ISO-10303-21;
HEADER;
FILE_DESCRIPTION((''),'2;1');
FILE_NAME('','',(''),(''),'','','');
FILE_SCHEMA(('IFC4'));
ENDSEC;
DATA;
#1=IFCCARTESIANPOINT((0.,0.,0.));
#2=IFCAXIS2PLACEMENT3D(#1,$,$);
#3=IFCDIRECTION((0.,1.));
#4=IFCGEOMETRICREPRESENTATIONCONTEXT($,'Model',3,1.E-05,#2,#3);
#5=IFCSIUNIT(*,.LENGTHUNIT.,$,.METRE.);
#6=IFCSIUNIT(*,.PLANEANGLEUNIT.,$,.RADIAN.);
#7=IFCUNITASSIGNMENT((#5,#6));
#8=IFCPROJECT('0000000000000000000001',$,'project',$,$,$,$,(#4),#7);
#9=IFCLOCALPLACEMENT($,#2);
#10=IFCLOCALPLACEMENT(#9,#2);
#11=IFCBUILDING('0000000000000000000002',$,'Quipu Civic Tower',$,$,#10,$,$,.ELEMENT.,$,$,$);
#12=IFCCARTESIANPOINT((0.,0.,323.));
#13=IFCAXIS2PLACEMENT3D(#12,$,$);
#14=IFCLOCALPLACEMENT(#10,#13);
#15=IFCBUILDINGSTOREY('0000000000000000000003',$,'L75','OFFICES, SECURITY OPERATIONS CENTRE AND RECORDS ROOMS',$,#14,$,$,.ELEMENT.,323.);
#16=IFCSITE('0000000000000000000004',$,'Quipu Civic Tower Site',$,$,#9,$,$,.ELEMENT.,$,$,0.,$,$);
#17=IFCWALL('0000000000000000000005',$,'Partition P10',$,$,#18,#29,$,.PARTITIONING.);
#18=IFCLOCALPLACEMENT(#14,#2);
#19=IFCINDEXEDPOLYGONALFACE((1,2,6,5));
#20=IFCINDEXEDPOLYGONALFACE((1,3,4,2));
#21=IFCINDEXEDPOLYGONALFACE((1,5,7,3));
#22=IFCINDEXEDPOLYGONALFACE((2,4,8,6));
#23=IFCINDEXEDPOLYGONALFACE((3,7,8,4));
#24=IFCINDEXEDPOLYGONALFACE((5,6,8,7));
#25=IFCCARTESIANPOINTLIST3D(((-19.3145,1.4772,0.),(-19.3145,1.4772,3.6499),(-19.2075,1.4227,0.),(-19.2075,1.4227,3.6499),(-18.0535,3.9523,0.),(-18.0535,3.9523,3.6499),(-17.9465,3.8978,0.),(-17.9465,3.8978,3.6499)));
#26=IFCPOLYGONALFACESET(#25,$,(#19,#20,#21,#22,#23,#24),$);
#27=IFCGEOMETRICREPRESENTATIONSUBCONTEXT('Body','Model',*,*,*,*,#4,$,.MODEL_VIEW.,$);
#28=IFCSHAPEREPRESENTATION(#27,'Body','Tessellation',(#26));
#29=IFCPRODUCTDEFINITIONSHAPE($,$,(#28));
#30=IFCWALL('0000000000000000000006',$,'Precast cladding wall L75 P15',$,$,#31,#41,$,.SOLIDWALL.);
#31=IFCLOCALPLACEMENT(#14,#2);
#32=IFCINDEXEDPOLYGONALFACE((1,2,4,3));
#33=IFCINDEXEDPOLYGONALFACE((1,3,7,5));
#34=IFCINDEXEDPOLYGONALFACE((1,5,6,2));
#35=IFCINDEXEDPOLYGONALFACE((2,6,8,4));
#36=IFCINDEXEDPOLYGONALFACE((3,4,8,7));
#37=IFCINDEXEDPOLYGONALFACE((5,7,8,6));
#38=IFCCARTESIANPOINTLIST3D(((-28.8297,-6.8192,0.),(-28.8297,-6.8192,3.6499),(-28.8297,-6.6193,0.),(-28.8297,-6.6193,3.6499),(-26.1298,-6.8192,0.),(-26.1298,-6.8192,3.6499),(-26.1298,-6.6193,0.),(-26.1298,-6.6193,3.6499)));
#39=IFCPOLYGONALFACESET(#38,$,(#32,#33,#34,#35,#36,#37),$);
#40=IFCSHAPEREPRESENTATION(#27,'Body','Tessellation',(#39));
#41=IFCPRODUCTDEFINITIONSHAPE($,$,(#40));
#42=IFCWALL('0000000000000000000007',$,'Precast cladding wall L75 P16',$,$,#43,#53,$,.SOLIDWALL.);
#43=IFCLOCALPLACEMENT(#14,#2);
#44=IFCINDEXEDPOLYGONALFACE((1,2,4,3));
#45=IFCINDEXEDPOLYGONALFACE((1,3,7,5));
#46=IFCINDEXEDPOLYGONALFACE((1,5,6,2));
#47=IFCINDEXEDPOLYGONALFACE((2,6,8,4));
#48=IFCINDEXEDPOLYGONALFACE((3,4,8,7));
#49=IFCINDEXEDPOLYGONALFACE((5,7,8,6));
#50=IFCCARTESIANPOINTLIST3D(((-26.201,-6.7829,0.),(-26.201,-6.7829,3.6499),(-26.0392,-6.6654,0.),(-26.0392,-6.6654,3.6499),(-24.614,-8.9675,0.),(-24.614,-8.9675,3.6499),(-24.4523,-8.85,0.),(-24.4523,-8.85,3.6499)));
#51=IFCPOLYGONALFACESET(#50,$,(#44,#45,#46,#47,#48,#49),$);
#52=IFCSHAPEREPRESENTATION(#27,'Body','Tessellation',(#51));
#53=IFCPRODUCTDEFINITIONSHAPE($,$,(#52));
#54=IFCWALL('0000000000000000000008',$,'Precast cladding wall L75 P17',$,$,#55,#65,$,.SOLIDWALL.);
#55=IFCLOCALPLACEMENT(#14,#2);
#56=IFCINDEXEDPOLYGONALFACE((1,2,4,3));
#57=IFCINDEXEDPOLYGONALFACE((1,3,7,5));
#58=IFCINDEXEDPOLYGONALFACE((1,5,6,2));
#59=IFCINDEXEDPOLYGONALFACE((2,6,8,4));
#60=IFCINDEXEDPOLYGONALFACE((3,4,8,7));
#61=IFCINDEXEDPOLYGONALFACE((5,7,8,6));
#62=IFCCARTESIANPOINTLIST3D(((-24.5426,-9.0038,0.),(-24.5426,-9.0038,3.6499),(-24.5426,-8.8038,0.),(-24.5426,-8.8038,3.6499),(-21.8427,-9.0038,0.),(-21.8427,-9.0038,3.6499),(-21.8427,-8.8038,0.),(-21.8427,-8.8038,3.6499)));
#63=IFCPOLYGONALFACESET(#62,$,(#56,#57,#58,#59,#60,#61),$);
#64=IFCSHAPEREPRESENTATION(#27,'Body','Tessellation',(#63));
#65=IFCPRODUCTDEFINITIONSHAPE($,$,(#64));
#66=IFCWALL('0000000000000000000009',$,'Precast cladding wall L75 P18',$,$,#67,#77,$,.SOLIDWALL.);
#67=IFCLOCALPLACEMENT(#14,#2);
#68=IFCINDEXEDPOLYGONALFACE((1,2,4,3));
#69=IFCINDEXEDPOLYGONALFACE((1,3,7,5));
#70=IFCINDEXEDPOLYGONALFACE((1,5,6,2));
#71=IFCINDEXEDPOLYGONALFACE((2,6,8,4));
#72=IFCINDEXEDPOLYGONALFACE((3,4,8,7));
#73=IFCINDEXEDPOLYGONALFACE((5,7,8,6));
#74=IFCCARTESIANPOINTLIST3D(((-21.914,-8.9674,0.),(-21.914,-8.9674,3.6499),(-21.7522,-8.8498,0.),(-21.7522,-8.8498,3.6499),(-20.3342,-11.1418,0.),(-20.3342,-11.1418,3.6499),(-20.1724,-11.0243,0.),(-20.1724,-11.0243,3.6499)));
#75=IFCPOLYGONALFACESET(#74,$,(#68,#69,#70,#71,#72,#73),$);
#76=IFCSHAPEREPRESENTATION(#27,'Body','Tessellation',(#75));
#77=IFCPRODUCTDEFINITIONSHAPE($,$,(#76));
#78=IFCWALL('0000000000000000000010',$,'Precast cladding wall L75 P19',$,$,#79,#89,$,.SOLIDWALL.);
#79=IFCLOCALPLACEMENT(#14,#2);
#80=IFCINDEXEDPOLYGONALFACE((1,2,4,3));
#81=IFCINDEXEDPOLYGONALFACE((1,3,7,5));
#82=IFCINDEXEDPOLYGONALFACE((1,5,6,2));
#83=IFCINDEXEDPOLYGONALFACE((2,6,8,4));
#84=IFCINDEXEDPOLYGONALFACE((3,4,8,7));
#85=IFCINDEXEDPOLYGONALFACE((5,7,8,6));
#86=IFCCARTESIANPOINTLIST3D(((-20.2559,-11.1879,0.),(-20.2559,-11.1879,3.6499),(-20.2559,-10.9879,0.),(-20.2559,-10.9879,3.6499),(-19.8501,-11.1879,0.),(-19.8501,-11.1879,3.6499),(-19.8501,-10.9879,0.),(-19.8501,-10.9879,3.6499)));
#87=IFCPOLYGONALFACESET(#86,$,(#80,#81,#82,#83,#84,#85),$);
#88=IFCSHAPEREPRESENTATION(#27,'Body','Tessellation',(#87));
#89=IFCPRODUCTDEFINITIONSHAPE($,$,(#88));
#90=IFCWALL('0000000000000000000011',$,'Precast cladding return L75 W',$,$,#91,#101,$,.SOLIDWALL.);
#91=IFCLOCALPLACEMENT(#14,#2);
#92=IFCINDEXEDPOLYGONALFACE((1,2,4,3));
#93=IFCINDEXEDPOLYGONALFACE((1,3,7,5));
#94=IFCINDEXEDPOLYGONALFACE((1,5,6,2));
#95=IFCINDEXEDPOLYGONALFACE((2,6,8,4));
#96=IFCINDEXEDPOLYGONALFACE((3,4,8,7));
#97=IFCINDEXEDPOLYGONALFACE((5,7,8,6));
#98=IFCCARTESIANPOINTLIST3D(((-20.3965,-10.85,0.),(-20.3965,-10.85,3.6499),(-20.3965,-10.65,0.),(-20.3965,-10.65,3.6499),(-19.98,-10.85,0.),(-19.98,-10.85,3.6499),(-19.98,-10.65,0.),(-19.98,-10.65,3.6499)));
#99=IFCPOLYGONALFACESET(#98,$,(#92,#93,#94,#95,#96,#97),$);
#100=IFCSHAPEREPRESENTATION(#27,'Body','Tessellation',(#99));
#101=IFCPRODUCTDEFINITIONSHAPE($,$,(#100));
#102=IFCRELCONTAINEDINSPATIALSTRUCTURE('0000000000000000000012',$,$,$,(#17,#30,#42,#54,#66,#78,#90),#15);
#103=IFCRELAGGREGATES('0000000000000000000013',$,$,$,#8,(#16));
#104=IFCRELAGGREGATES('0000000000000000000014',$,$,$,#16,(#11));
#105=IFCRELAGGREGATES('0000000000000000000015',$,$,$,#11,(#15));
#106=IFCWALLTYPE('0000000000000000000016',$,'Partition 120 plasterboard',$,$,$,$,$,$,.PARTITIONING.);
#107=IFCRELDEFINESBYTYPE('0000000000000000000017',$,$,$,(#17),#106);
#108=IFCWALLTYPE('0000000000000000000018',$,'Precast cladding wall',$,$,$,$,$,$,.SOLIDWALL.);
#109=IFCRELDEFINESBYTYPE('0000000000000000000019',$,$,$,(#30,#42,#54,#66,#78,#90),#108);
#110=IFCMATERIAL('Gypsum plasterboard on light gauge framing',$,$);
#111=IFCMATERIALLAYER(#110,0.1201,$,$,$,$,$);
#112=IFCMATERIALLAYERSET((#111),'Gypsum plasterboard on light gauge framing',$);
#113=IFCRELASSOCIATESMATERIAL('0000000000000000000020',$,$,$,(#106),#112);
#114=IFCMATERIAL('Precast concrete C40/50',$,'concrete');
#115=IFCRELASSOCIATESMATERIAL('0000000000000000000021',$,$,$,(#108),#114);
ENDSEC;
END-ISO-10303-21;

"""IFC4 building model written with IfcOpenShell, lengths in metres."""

from ifc_helpers import new_model, si_unit, direction, frame, frame_2d, origin, place, context, subcontext, project, spatial, rectangle, extrude, material, layer, layer_set, type_object, element, save


model = new_model("IFC4")

# Units and contexts
model_context = context("Model", 3, precision=1e-05, world=origin(), true_north=direction((0.0, 1.0)))
body_context = subcontext(model_context, "Body", "Model", "MODEL_VIEW")
ifc_project = project(units=[si_unit("LENGTHUNIT", "METRE"), si_unit("PLANEANGLEUNIT", "RADIAN")], contexts=[model_context])

# Site, building, storey
site_placement = place(None, origin())
site = spatial("IfcSite", under=ifc_project, at=site_placement, Name="Quipu Civic Tower Site", CompositionType="ELEMENT", RefElevation=0.0)
building_placement = place(site_placement, origin())
building = spatial("IfcBuilding", under=site, at=building_placement, Name="Quipu Civic Tower", CompositionType="ELEMENT")
storey_placement = place(building_placement, frame((0.0, 0.0, 323.0)))
storey = spatial("IfcBuildingStorey", under=building, at=storey_placement, Name="L75", Description="OFFICES, SECURITY OPERATIONS CENTRE AND RECORDS ROOMS", CompositionType="ELEMENT", Elevation=323.0)

# Walls
ifc_material_1 = material(Name="Gypsum plasterboard on light gauge framing")
ifc_layer_1 = layer(ifc_material_1, 0.1201)
ifc_layer_set_1 = layer_set([ifc_layer_1], Name="Gypsum plasterboard on light gauge framing")
wall_type_1 = type_object("IfcWallType", Name="Partition 120 plasterboard", PredefinedType="PARTITIONING", material=ifc_layer_set_1)
wall_1_placement = place(storey_placement, frame((-19.261, 1.45, 0.0), z_axis=(0.0, 0.0, 1.0), x_axis=(0.453951, 0.891027, 0.0)))
element("IfcWall", 1, at=wall_1_placement, inside=storey, type_object=wall_type_1, Name="Partition P10", PredefinedType="PARTITIONING", context=body_context, shape_type="SweptSolid", body=[
    extrude(rectangle(XDim=2.7778, YDim=0.1201, at=frame_2d((1.3889, 0.0))), origin(), (0.0, 0.0, 1.0), 3.6499),
])
ifc_material_2 = material(Name="Precast concrete C40/50", Category="concrete")
wall_type_2 = type_object("IfcWallType", Name="Precast cladding wall", PredefinedType="SOLIDWALL", material=ifc_material_2)
wall_2_placement = place(storey_placement, frame((-28.8298, -6.7192, 0.0), z_axis=(0.0, 0.0, 1.0), x_axis=(1.0, 0.0, 0.0)))
element("IfcWall", 2, at=wall_2_placement, inside=storey, type_object=wall_type_2, Name="Precast cladding wall L75 P15", PredefinedType="SOLIDWALL", context=body_context, shape_type="SweptSolid", body=[
    extrude(rectangle(XDim=2.7, YDim=0.2, at=frame_2d((1.3501, 0.0))), origin(), (0.0, 0.0, 1.0), 3.6499),
])
wall_3_placement = place(storey_placement, frame((-26.1201, -6.7241, 0.0), z_axis=(0.0, 0.0, 1.0), x_axis=(0.58772, -0.809064, 0.0)))
element("IfcWall", 3, at=wall_3_placement, inside=storey, type_object=wall_type_2, Name="Precast cladding wall L75 P16", PredefinedType="SOLIDWALL", context=body_context, shape_type="SweptSolid", body=[
    extrude(rectangle(XDim=2.7002, YDim=0.2, at=frame_2d((1.3501, 0.0))), origin(), (0.0, 0.0, 1.0), 3.6499),
])
wall_4_placement = place(storey_placement, frame((-24.5427, -8.9038, 0.0), z_axis=(0.0, 0.0, 1.0), x_axis=(1.0, 0.0, 0.0)))
element("IfcWall", 4, at=wall_4_placement, inside=storey, type_object=wall_type_2, Name="Precast cladding wall L75 P17", PredefinedType="SOLIDWALL", context=body_context, shape_type="SweptSolid", body=[
    extrude(rectangle(XDim=2.7, YDim=0.2, at=frame_2d((1.3501, 0.0))), origin(), (0.0, 0.0, 1.0), 3.6499),
])
wall_5_placement = place(storey_placement, frame((-21.833, -8.9087, 0.0), z_axis=(0.0, 0.0, 1.0), x_axis=(0.587767, -0.809031, 0.0)))
element("IfcWall", 5, at=wall_5_placement, inside=storey, type_object=wall_type_2, Name="Precast cladding wall L75 P18", PredefinedType="SOLIDWALL", context=body_context, shape_type="SweptSolid", body=[
    extrude(rectangle(XDim=2.6877, YDim=0.2, at=frame_2d((1.3438, 0.0))), origin(), (0.0, 0.0, 1.0), 3.6499),
])
wall_6_placement = place(storey_placement, frame((-20.2559, -11.0879, 0.0), z_axis=(0.0, 0.0, 1.0), x_axis=(1.0, 0.0, 0.0)))
element("IfcWall", 6, at=wall_6_placement, inside=storey, type_object=wall_type_2, Name="Precast cladding wall L75 P19", PredefinedType="SOLIDWALL", context=body_context, shape_type="SweptSolid", body=[
    extrude(rectangle(XDim=0.4058, YDim=0.2, at=frame_2d((0.2029, 0.0))), origin(), (0.0, 0.0, 1.0), 3.6499),
])
wall_7_placement = place(storey_placement, frame((-19.98, -10.75, 0.0), z_axis=(0.0, 0.0, 1.0), x_axis=(-1.0, 0.0, 0.0)))
element("IfcWall", 7, at=wall_7_placement, inside=storey, type_object=wall_type_2, Name="Precast cladding return L75 W", PredefinedType="SOLIDWALL", context=body_context, shape_type="SweptSolid", body=[
    extrude(rectangle(XDim=0.4165, YDim=0.2, at=frame_2d((0.2083, 0.0))), origin(), (0.0, 0.0, 1.0), 3.6499),
])

save(model, "model.ifc")
